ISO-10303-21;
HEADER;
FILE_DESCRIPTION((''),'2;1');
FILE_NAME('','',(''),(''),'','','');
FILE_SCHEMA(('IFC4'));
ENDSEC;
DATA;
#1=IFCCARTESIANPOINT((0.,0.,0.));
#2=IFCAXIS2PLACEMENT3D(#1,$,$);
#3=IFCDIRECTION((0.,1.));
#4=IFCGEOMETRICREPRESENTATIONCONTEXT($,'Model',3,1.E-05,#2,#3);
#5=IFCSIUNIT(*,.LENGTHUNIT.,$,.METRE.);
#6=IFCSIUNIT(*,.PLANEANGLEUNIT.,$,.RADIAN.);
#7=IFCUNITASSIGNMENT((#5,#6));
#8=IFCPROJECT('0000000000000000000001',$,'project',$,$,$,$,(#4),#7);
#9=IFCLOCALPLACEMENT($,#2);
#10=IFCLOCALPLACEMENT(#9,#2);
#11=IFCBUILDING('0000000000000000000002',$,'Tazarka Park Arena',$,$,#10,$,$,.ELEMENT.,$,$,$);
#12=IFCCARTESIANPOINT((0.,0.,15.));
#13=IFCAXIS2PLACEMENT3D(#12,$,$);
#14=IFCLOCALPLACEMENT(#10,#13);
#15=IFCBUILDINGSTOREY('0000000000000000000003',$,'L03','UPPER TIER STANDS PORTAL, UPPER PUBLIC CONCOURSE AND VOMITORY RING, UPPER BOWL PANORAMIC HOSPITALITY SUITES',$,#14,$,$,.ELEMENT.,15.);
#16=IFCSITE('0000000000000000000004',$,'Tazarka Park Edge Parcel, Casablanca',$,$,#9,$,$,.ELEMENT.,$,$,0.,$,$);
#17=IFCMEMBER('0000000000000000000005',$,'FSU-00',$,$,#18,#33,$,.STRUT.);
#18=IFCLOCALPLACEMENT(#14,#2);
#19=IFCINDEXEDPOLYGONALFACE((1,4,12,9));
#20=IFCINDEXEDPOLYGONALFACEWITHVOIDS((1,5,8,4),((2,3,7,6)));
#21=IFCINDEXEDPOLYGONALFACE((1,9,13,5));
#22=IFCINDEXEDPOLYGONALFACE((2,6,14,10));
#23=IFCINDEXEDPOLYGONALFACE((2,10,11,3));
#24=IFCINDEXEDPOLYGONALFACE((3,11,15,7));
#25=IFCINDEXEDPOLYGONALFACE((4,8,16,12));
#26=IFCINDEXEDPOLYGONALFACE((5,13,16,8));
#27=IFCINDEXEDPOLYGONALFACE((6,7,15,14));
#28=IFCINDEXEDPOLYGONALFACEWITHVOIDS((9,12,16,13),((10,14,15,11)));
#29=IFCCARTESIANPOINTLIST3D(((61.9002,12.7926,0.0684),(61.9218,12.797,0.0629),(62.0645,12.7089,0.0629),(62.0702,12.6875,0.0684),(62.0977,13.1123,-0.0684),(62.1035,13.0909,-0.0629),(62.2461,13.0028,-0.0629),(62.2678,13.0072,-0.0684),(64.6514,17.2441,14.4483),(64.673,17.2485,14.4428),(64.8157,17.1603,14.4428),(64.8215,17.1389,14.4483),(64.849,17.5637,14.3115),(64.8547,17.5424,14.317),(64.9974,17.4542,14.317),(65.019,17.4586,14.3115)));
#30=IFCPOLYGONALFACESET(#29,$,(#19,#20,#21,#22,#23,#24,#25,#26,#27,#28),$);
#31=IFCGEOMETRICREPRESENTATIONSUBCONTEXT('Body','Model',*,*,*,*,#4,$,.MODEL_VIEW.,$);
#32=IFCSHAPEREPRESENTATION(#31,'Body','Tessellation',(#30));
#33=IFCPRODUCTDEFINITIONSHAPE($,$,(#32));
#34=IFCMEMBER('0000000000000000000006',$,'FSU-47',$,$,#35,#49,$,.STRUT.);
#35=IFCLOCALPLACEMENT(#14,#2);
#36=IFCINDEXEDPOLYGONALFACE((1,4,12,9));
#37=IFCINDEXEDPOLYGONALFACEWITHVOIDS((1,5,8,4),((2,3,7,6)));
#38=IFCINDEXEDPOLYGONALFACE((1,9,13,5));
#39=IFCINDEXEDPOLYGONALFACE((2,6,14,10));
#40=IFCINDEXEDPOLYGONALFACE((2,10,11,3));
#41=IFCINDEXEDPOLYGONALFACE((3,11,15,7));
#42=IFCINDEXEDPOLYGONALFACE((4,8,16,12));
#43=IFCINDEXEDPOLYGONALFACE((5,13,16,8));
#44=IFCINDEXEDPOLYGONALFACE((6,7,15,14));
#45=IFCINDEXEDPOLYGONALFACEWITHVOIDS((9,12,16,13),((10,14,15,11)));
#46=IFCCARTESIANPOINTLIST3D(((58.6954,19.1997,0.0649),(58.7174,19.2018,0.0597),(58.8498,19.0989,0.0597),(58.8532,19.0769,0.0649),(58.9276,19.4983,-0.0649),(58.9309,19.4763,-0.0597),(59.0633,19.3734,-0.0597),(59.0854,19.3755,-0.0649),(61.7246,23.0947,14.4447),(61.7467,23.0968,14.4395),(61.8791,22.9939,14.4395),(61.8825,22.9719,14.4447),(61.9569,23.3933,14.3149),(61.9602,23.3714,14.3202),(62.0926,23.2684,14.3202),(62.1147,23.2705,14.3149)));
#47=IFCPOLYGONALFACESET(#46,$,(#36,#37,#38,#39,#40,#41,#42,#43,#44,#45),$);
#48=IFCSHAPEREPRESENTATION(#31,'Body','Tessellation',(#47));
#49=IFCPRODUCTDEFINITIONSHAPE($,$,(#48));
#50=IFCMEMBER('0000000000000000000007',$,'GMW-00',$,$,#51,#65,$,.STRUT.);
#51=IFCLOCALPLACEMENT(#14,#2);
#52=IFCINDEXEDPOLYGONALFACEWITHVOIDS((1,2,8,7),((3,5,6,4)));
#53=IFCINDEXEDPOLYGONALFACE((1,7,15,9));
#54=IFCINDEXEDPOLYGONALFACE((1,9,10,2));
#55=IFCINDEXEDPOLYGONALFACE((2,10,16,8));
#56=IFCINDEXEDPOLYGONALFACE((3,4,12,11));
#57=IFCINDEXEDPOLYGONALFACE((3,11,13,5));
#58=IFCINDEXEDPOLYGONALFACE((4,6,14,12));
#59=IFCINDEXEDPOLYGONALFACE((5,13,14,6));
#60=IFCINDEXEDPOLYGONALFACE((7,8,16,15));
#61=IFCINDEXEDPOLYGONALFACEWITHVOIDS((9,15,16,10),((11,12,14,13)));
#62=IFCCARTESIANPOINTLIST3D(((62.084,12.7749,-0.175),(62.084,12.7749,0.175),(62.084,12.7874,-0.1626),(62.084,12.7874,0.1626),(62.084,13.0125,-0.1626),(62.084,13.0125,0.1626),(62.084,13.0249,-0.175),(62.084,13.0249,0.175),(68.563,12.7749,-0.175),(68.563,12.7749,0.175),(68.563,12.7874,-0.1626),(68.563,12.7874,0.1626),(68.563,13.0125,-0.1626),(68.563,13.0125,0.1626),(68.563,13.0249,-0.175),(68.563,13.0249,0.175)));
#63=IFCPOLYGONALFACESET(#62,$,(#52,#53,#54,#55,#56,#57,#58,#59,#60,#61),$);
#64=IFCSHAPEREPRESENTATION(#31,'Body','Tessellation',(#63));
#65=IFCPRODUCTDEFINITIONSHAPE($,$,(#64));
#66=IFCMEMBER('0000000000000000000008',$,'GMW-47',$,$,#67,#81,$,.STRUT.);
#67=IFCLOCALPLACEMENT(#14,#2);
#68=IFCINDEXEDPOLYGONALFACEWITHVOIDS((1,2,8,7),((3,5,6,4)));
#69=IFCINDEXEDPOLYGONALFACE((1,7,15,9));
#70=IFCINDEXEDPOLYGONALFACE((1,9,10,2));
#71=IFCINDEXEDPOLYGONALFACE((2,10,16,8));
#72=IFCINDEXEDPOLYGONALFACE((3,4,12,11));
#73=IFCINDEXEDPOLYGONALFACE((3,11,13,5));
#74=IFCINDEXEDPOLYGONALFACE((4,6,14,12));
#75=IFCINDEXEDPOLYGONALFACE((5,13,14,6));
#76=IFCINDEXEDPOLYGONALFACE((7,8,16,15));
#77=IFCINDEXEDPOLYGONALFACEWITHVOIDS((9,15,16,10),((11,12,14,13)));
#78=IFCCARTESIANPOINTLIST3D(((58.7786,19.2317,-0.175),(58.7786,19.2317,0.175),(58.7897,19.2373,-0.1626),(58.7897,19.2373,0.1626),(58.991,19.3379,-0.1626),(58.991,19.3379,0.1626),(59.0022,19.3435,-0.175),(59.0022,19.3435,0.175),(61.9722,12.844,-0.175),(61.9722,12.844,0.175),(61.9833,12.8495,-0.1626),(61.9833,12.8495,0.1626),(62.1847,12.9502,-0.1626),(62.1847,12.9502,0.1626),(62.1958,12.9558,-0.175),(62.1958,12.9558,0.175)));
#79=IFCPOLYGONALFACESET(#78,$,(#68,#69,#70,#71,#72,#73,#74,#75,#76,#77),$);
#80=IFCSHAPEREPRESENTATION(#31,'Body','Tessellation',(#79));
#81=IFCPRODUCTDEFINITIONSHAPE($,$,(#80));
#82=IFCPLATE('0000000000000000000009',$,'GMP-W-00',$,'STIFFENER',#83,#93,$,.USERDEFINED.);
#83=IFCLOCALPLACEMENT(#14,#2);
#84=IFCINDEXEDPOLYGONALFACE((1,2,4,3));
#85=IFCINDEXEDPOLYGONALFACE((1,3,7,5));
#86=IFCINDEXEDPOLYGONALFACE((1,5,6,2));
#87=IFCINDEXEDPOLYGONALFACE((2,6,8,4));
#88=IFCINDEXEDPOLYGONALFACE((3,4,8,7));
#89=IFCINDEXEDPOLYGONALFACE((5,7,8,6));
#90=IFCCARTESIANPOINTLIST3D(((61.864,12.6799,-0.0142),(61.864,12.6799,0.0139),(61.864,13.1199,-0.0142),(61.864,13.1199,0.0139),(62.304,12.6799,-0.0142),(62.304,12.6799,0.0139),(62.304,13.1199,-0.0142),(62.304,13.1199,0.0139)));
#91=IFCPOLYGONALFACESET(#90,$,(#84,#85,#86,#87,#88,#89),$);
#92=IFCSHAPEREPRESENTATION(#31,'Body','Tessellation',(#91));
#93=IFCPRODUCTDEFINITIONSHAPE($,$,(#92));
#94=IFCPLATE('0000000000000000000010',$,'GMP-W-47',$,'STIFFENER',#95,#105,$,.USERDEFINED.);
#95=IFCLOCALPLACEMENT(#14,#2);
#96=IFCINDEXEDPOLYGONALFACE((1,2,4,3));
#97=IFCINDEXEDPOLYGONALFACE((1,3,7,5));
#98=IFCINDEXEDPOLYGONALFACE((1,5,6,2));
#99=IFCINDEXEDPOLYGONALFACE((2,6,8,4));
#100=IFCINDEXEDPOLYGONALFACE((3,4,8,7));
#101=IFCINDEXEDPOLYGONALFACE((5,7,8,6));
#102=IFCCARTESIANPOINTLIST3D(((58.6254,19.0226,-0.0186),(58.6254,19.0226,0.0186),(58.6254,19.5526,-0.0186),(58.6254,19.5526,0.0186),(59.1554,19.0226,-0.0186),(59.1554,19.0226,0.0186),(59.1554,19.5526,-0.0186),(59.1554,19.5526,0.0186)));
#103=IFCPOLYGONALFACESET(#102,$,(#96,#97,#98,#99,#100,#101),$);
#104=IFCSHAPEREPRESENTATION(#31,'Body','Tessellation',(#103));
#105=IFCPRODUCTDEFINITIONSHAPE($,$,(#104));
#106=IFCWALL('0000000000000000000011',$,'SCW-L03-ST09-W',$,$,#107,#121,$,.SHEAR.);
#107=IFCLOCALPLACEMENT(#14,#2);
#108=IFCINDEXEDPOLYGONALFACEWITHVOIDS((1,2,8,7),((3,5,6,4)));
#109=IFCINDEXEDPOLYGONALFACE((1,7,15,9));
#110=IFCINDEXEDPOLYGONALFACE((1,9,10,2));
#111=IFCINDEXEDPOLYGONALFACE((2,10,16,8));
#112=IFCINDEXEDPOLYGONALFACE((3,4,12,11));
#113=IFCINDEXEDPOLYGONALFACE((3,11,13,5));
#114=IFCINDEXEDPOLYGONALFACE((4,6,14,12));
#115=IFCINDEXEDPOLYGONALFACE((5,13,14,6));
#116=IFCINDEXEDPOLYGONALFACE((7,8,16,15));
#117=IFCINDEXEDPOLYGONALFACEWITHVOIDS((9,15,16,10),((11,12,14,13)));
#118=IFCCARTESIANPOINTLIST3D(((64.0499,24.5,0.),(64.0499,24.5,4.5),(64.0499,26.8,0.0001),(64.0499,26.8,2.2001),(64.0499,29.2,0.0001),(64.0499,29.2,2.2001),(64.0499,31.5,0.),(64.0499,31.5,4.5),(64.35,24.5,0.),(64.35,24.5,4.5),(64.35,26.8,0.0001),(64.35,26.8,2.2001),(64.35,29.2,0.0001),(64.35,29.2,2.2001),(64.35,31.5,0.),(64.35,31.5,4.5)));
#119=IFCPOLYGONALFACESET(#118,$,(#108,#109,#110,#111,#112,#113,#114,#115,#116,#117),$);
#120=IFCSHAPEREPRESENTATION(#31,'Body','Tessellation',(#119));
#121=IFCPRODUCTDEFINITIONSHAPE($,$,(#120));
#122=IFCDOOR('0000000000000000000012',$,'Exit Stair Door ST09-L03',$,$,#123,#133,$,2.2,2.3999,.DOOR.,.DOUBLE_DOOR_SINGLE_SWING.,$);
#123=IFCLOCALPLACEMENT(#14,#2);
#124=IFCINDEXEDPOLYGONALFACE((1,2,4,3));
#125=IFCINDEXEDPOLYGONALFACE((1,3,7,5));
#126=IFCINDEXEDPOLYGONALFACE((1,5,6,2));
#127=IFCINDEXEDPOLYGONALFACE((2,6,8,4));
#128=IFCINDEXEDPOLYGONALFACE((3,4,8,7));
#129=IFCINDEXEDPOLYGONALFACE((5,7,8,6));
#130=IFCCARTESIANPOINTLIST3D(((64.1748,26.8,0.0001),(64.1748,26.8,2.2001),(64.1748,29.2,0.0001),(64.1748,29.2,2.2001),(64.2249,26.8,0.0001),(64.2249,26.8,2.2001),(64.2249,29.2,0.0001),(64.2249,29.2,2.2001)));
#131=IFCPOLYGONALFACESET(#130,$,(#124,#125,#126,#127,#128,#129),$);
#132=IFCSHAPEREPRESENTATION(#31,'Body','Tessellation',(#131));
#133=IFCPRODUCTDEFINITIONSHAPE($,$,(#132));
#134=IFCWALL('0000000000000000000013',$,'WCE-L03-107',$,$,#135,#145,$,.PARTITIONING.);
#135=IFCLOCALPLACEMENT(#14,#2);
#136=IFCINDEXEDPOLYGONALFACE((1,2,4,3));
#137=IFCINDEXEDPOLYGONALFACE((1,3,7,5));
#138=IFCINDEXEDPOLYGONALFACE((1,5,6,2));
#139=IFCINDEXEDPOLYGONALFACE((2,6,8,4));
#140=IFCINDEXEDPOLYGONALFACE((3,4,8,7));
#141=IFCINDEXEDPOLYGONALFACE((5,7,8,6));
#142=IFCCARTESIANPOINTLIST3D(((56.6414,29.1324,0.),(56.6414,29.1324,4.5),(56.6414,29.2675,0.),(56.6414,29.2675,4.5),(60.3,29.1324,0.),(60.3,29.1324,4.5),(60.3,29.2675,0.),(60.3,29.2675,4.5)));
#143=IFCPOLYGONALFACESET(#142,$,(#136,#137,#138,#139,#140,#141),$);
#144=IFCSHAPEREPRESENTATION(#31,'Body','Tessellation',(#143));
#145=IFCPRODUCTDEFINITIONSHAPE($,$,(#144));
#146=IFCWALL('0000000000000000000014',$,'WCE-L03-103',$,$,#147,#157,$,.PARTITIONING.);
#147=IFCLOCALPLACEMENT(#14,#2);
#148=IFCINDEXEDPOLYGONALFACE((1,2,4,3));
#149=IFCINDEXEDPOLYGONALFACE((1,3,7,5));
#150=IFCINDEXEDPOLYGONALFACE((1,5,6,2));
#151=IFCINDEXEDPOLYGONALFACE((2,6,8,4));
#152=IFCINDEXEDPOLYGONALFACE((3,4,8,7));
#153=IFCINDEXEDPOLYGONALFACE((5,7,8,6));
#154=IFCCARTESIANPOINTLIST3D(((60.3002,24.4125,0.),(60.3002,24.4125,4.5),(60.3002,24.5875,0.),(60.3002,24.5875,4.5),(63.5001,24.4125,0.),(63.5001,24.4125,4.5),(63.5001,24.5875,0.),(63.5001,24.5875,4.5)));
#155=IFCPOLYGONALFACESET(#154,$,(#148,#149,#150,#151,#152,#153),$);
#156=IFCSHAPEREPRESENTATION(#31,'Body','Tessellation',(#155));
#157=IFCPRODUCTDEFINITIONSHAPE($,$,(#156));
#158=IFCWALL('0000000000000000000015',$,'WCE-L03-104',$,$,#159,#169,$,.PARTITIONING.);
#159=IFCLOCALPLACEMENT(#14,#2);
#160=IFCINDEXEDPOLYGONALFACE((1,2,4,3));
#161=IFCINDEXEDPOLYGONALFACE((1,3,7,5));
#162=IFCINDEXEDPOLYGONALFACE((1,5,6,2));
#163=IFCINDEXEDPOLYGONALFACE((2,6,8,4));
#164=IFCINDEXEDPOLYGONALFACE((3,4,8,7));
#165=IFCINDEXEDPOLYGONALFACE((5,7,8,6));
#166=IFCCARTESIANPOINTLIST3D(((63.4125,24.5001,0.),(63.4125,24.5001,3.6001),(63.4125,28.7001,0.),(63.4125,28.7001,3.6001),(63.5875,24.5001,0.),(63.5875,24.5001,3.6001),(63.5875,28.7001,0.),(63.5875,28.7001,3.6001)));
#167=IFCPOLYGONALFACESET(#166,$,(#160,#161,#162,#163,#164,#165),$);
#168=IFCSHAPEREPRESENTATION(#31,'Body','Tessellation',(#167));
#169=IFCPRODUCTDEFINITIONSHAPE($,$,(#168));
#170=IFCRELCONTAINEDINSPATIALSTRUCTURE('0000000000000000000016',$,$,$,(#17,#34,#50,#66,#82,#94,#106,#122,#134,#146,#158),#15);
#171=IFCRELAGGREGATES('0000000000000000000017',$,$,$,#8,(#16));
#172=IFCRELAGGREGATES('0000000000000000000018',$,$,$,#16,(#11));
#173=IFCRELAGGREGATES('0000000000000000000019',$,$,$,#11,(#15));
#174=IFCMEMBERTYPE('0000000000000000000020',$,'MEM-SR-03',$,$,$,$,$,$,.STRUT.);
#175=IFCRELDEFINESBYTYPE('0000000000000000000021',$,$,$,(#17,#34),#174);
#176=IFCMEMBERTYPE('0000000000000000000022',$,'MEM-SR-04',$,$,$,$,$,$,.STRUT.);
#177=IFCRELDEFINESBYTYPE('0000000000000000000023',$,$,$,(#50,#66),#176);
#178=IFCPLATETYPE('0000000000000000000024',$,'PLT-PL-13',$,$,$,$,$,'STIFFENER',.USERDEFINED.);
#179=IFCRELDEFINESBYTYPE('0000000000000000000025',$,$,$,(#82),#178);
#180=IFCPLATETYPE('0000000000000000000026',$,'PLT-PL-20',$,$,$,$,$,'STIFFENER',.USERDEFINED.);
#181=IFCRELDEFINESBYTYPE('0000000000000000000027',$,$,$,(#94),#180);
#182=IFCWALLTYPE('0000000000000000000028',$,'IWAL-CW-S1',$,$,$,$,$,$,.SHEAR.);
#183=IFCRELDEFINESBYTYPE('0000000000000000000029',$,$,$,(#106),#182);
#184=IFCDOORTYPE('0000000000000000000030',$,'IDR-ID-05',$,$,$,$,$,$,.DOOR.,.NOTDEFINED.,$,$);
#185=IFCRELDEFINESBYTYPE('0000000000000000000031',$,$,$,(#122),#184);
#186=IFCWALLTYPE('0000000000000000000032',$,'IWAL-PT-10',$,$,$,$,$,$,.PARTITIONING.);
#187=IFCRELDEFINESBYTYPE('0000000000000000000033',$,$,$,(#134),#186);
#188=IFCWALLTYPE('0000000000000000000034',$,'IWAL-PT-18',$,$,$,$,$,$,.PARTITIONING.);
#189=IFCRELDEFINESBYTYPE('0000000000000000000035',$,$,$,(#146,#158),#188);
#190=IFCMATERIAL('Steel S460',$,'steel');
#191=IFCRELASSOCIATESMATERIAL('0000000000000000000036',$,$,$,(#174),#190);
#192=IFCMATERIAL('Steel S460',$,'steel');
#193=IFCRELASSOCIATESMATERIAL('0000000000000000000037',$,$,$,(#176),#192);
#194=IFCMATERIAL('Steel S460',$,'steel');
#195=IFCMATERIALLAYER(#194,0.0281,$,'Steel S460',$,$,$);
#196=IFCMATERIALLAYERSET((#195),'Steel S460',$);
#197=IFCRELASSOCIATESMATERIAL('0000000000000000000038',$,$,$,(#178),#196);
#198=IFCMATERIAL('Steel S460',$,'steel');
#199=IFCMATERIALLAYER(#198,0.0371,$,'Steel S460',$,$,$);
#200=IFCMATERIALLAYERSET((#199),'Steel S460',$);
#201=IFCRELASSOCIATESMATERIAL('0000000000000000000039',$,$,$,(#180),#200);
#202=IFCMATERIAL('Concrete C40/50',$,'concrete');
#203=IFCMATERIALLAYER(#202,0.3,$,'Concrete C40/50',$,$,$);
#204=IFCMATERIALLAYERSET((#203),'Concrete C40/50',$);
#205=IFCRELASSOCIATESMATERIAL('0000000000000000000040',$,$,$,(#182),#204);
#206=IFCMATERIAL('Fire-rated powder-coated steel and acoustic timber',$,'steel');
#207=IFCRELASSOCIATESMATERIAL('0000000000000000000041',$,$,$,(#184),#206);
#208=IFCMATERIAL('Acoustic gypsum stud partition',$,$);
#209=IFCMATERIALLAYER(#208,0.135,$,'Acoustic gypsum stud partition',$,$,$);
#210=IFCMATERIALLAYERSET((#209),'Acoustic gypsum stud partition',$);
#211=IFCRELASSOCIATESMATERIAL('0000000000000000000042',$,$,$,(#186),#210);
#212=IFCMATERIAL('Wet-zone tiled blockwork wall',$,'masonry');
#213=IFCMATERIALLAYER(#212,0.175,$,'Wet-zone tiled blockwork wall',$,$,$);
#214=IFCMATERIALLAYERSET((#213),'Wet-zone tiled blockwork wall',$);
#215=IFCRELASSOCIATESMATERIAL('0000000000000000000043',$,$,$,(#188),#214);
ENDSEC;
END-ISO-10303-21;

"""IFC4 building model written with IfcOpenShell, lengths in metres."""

from ifc_helpers import new_model, si_unit, direction, frame, frame_2d, origin, origin_2d, place, context, subcontext, project, spatial, rectangle, hollow_rectangle, extrude, material, layer, layer_set, material_profile, profile_set, type_object, element, fill, save


model = new_model("IFC4")

# Units and contexts
model_context = context("Model", 3, precision=1e-05, world=origin(), true_north=direction((0.0, 1.0)))
body_context = subcontext(model_context, "Body", "Model", "MODEL_VIEW")
ifc_project = project(units=[si_unit("LENGTHUNIT", "METRE"), si_unit("PLANEANGLEUNIT", "RADIAN")], contexts=[model_context])

# Site, building, storey
site_placement = place(None, origin())
site = spatial("IfcSite", under=ifc_project, at=site_placement, Name="Tazarka Park Edge Parcel, Casablanca", CompositionType="ELEMENT", RefElevation=0.0)
building_placement = place(site_placement, origin())
building = spatial("IfcBuilding", under=site, at=building_placement, Name="Tazarka Park Arena", CompositionType="ELEMENT")
storey_placement = place(building_placement, frame((0.0, 0.0, 15.0)))
storey = spatial("IfcBuildingStorey", under=building, at=storey_placement, Name="L03", Description="UPPER TIER STANDS PORTAL, UPPER PUBLIC CONCOURSE AND VOMITORY RING, UPPER BOWL PANORAMIC HOSPITALITY SUITES", CompositionType="ELEMENT", Elevation=15.0)

# Members
ifc_material_1 = material(Name="Steel S460", Category="steel")
ifc_material_profile_1 = material_profile(ifc_material_1, hollow_rectangle(XDim=0.2, YDim=0.3999, WallThickness=0.0161, at=origin_2d()), Name="Steel S460")
ifc_profile_set_1 = profile_set([ifc_material_profile_1], Name="Steel S460")
member_type_1 = type_object("IfcMemberType", Name="MEM-SR-03", PredefinedType="STRUT", material=ifc_profile_set_1)
member_1_placement = place(storey_placement, frame((62.084, 12.8999, 0.0), z_axis=(0.179789, 0.290895, 0.93971), x_axis=(-0.850643, 0.525744, 0.0)))
element("IfcMember", 1, at=member_1_placement, inside=storey, type_object=member_type_1, Name="FSU-00", PredefinedType="STRUT", context=body_context, shape_type="SweptSolid", body=[
    extrude(hollow_rectangle(XDim=0.2, YDim=0.3999, WallThickness=0.0161, at=origin_2d()), origin(), (0.0, 0.0, 1.0), 15.3025),
])
member_2_placement = place(storey_placement, frame((58.8904, 19.2876, 0.0), z_axis=(0.199258, 0.256202, 0.945863), x_axis=(-0.789368, 0.61392, 0.0)))
element("IfcMember", 2, at=member_2_placement, inside=storey, type_object=member_type_1, Name="FSU-47", PredefinedType="STRUT", context=body_context, shape_type="SweptSolid", body=[
    extrude(hollow_rectangle(XDim=0.2, YDim=0.3999, WallThickness=0.0161, at=origin_2d()), origin(), (0.0, 0.0, 1.0), 15.2029),
])
ifc_material_2 = material(Name="Steel S460", Category="steel")
ifc_material_profile_2 = material_profile(ifc_material_2, hollow_rectangle(XDim=0.25, YDim=0.3501, WallThickness=0.0125, at=origin_2d()), Name="Steel S460")
ifc_profile_set_2 = profile_set([ifc_material_profile_2], Name="Steel S460")
member_type_2 = type_object("IfcMemberType", Name="MEM-SR-04", PredefinedType="STRUT", material=ifc_profile_set_2)
member_3_placement = place(storey_placement, frame((62.084, 12.8999, 0.0), z_axis=(1.0, 0.0, 0.0), x_axis=(0.0, 1.0, 0.0)))
element("IfcMember", 3, at=member_3_placement, inside=storey, type_object=member_type_2, Name="GMW-00", PredefinedType="STRUT", context=body_context, shape_type="SweptSolid", body=[
    extrude(hollow_rectangle(XDim=0.25, YDim=0.3501, WallThickness=0.0125, at=origin_2d()), origin(), (0.0, 0.0, 1.0), 6.479),
])
member_4_placement = place(storey_placement, frame((58.8904, 19.2876, 0.0), z_axis=(0.447186, -0.894441, 0.0), x_axis=(0.894441, 0.447186, 0.0)))
element("IfcMember", 4, at=member_4_placement, inside=storey, type_object=member_type_2, Name="GMW-47", PredefinedType="STRUT", context=body_context, shape_type="SweptSolid", body=[
    extrude(hollow_rectangle(XDim=0.25, YDim=0.3501, WallThickness=0.0125, at=origin_2d()), origin(), (0.0, 0.0, 1.0), 7.1416),
])

# Plates
ifc_material_3 = material(Name="Steel S460", Category="steel")
ifc_layer_1 = layer(ifc_material_3, 0.0281, Name="Steel S460")
ifc_layer_set_1 = layer_set([ifc_layer_1], Name="Steel S460")
plate_type_1 = type_object("IfcPlateType", Name="PLT-PL-13", ElementType="STIFFENER", PredefinedType="USERDEFINED", material=ifc_layer_set_1)
plate_1_placement = place(storey_placement, frame((62.084, 12.8999, -0.0142), z_axis=(0.0, 0.0, 1.0), x_axis=(1.0, 0.0, 0.0)))
element("IfcPlate", 5, at=plate_1_placement, inside=storey, type_object=plate_type_1, Name="GMP-W-00", ObjectType="STIFFENER", PredefinedType="USERDEFINED", context=body_context, shape_type="SweptSolid", body=[
    extrude(rectangle(XDim=0.4399, YDim=0.4399, at=origin_2d()), origin(), (0.0, 0.0, 1.0), 0.0281),
])
ifc_material_4 = material(Name="Steel S460", Category="steel")
ifc_layer_2 = layer(ifc_material_4, 0.0371, Name="Steel S460")
ifc_layer_set_2 = layer_set([ifc_layer_2], Name="Steel S460")
plate_type_2 = type_object("IfcPlateType", Name="PLT-PL-20", ElementType="STIFFENER", PredefinedType="USERDEFINED", material=ifc_layer_set_2)
plate_2_placement = place(storey_placement, frame((58.8904, 19.2876, -0.0186), z_axis=(0.0, 0.0, 1.0), x_axis=(1.0, 0.0, 0.0)))
element("IfcPlate", 6, at=plate_2_placement, inside=storey, type_object=plate_type_2, Name="GMP-W-47", ObjectType="STIFFENER", PredefinedType="USERDEFINED", context=body_context, shape_type="SweptSolid", body=[
    extrude(rectangle(XDim=0.53, YDim=0.53, at=origin_2d()), origin(), (0.0, 0.0, 1.0), 0.0371),
])

# Wall, opening, door
ifc_material_5 = material(Name="Concrete C40/50", Category="concrete")
ifc_layer_3 = layer(ifc_material_5, 0.3, Name="Concrete C40/50")
ifc_layer_set_3 = layer_set([ifc_layer_3], Name="Concrete C40/50")
wall_type_1 = type_object("IfcWallType", Name="IWAL-CW-S1", PredefinedType="SHEAR", material=ifc_layer_set_3)
wall_1_placement = place(storey_placement, frame((64.2, 24.5, 0.0), z_axis=(0.0, 0.0, 1.0), x_axis=(0.0, 1.0, 0.0)))
wall_1 = element("IfcWall", 7, at=wall_1_placement, inside=storey, type_object=wall_type_1, Name="SCW-L03-ST09-W", PredefinedType="SHEAR", context=body_context, shape_type="SweptSolid", body=[
    extrude(rectangle(XDim=7.0, YDim=0.3, at=frame_2d((3.5, 0.0))), origin(), (0.0, 0.0, 1.0), 4.5),
])
opening_1_placement = place(wall_1_placement, frame((2.3, 0.0, 0.0)))
opening_1 = element("IfcOpeningElement", 8, at=opening_1_placement, cuts=wall_1, PredefinedType="OPENING", context=body_context, shape_type="SweptSolid", body=[
    extrude(rectangle(XDim=2.3999, YDim=2.2, at=frame_2d((1.2, 1.1001))), frame((0.0, 0.1602, 0.0), z_axis=(0.0, -1.0, 0.0), x_axis=(1.0, 0.0, 0.0)), (0.0, 0.0, 1.0), 0.3201),
])
ifc_material_6 = material(Name="Fire-rated powder-coated steel and acoustic timber", Category="steel")
door_type_1 = type_object("IfcDoorType", Name="IDR-ID-05", OperationType="NOTDEFINED", PredefinedType="DOOR", material=ifc_material_6)
door_1_placement = place(opening_1_placement, frame((2.3999, 0.0, 0.0), z_axis=(0.0, 0.0, 1.0), x_axis=(-1.0, 0.0, 0.0)))
door_1 = element("IfcDoor", 9, at=door_1_placement, inside=storey, type_object=door_type_1, Name="Exit Stair Door ST09-L03", OperationType="DOUBLE_DOOR_SINGLE_SWING", OverallHeight=2.2, OverallWidth=2.3999, PredefinedType="DOOR", context=body_context, shape_type="SweptSolid", body=[
    extrude(rectangle(XDim=2.3999, YDim=2.2, at=frame_2d((1.2, 1.1001))), frame((0.0, 0.0249, 0.0), z_axis=(0.0, -1.0, 0.0), x_axis=(1.0, 0.0, 0.0)), (0.0, 0.0, 1.0), 0.05),
])
fill(opening_1, door_1)

# Walls
ifc_material_7 = material(Name="Acoustic gypsum stud partition")
ifc_layer_4 = layer(ifc_material_7, 0.135, Name="Acoustic gypsum stud partition")
ifc_layer_set_4 = layer_set([ifc_layer_4], Name="Acoustic gypsum stud partition")
wall_type_2 = type_object("IfcWallType", Name="IWAL-PT-10", PredefinedType="PARTITIONING", material=ifc_layer_set_4)
wall_2_placement = place(storey_placement, frame((56.6414, 29.2, 0.0), z_axis=(0.0, 0.0, 1.0), x_axis=(1.0, 0.0, 0.0)))
element("IfcWall", 10, at=wall_2_placement, inside=storey, type_object=wall_type_2, Name="WCE-L03-107", PredefinedType="PARTITIONING", context=body_context, shape_type="SweptSolid", body=[
    extrude(rectangle(XDim=3.6587, YDim=0.135, at=frame_2d((1.8293, 0.0))), origin(), (0.0, 0.0, 1.0), 4.5),
])
ifc_material_8 = material(Name="Wet-zone tiled blockwork wall", Category="masonry")
ifc_layer_5 = layer(ifc_material_8, 0.175, Name="Wet-zone tiled blockwork wall")
ifc_layer_set_5 = layer_set([ifc_layer_5], Name="Wet-zone tiled blockwork wall")
wall_type_3 = type_object("IfcWallType", Name="IWAL-PT-18", PredefinedType="PARTITIONING", material=ifc_layer_set_5)
wall_3_placement = place(storey_placement, frame((60.3, 24.5, 0.0), z_axis=(0.0, 0.0, 1.0), x_axis=(1.0, 0.0, 0.0)))
element("IfcWall", 11, at=wall_3_placement, inside=storey, type_object=wall_type_3, Name="WCE-L03-103", PredefinedType="PARTITIONING", context=body_context, shape_type="SweptSolid", body=[
    extrude(rectangle(XDim=3.2, YDim=0.175, at=frame_2d((1.6001, 0.0))), origin(), (0.0, 0.0, 1.0), 4.5),
])
wall_4_placement = place(storey_placement, frame((63.5, 24.5, 0.0), z_axis=(0.0, 0.0, 1.0), x_axis=(0.0, 1.0, 0.0)))
element("IfcWall", 12, at=wall_4_placement, inside=storey, type_object=wall_type_3, Name="WCE-L03-104", PredefinedType="PARTITIONING", context=body_context, shape_type="SweptSolid", body=[
    extrude(rectangle(XDim=4.2, YDim=0.175, at=frame_2d((2.1001, 0.0))), origin(), (0.0, 0.0, 1.0), 3.6001),
])

save(model, "model.ifc")
